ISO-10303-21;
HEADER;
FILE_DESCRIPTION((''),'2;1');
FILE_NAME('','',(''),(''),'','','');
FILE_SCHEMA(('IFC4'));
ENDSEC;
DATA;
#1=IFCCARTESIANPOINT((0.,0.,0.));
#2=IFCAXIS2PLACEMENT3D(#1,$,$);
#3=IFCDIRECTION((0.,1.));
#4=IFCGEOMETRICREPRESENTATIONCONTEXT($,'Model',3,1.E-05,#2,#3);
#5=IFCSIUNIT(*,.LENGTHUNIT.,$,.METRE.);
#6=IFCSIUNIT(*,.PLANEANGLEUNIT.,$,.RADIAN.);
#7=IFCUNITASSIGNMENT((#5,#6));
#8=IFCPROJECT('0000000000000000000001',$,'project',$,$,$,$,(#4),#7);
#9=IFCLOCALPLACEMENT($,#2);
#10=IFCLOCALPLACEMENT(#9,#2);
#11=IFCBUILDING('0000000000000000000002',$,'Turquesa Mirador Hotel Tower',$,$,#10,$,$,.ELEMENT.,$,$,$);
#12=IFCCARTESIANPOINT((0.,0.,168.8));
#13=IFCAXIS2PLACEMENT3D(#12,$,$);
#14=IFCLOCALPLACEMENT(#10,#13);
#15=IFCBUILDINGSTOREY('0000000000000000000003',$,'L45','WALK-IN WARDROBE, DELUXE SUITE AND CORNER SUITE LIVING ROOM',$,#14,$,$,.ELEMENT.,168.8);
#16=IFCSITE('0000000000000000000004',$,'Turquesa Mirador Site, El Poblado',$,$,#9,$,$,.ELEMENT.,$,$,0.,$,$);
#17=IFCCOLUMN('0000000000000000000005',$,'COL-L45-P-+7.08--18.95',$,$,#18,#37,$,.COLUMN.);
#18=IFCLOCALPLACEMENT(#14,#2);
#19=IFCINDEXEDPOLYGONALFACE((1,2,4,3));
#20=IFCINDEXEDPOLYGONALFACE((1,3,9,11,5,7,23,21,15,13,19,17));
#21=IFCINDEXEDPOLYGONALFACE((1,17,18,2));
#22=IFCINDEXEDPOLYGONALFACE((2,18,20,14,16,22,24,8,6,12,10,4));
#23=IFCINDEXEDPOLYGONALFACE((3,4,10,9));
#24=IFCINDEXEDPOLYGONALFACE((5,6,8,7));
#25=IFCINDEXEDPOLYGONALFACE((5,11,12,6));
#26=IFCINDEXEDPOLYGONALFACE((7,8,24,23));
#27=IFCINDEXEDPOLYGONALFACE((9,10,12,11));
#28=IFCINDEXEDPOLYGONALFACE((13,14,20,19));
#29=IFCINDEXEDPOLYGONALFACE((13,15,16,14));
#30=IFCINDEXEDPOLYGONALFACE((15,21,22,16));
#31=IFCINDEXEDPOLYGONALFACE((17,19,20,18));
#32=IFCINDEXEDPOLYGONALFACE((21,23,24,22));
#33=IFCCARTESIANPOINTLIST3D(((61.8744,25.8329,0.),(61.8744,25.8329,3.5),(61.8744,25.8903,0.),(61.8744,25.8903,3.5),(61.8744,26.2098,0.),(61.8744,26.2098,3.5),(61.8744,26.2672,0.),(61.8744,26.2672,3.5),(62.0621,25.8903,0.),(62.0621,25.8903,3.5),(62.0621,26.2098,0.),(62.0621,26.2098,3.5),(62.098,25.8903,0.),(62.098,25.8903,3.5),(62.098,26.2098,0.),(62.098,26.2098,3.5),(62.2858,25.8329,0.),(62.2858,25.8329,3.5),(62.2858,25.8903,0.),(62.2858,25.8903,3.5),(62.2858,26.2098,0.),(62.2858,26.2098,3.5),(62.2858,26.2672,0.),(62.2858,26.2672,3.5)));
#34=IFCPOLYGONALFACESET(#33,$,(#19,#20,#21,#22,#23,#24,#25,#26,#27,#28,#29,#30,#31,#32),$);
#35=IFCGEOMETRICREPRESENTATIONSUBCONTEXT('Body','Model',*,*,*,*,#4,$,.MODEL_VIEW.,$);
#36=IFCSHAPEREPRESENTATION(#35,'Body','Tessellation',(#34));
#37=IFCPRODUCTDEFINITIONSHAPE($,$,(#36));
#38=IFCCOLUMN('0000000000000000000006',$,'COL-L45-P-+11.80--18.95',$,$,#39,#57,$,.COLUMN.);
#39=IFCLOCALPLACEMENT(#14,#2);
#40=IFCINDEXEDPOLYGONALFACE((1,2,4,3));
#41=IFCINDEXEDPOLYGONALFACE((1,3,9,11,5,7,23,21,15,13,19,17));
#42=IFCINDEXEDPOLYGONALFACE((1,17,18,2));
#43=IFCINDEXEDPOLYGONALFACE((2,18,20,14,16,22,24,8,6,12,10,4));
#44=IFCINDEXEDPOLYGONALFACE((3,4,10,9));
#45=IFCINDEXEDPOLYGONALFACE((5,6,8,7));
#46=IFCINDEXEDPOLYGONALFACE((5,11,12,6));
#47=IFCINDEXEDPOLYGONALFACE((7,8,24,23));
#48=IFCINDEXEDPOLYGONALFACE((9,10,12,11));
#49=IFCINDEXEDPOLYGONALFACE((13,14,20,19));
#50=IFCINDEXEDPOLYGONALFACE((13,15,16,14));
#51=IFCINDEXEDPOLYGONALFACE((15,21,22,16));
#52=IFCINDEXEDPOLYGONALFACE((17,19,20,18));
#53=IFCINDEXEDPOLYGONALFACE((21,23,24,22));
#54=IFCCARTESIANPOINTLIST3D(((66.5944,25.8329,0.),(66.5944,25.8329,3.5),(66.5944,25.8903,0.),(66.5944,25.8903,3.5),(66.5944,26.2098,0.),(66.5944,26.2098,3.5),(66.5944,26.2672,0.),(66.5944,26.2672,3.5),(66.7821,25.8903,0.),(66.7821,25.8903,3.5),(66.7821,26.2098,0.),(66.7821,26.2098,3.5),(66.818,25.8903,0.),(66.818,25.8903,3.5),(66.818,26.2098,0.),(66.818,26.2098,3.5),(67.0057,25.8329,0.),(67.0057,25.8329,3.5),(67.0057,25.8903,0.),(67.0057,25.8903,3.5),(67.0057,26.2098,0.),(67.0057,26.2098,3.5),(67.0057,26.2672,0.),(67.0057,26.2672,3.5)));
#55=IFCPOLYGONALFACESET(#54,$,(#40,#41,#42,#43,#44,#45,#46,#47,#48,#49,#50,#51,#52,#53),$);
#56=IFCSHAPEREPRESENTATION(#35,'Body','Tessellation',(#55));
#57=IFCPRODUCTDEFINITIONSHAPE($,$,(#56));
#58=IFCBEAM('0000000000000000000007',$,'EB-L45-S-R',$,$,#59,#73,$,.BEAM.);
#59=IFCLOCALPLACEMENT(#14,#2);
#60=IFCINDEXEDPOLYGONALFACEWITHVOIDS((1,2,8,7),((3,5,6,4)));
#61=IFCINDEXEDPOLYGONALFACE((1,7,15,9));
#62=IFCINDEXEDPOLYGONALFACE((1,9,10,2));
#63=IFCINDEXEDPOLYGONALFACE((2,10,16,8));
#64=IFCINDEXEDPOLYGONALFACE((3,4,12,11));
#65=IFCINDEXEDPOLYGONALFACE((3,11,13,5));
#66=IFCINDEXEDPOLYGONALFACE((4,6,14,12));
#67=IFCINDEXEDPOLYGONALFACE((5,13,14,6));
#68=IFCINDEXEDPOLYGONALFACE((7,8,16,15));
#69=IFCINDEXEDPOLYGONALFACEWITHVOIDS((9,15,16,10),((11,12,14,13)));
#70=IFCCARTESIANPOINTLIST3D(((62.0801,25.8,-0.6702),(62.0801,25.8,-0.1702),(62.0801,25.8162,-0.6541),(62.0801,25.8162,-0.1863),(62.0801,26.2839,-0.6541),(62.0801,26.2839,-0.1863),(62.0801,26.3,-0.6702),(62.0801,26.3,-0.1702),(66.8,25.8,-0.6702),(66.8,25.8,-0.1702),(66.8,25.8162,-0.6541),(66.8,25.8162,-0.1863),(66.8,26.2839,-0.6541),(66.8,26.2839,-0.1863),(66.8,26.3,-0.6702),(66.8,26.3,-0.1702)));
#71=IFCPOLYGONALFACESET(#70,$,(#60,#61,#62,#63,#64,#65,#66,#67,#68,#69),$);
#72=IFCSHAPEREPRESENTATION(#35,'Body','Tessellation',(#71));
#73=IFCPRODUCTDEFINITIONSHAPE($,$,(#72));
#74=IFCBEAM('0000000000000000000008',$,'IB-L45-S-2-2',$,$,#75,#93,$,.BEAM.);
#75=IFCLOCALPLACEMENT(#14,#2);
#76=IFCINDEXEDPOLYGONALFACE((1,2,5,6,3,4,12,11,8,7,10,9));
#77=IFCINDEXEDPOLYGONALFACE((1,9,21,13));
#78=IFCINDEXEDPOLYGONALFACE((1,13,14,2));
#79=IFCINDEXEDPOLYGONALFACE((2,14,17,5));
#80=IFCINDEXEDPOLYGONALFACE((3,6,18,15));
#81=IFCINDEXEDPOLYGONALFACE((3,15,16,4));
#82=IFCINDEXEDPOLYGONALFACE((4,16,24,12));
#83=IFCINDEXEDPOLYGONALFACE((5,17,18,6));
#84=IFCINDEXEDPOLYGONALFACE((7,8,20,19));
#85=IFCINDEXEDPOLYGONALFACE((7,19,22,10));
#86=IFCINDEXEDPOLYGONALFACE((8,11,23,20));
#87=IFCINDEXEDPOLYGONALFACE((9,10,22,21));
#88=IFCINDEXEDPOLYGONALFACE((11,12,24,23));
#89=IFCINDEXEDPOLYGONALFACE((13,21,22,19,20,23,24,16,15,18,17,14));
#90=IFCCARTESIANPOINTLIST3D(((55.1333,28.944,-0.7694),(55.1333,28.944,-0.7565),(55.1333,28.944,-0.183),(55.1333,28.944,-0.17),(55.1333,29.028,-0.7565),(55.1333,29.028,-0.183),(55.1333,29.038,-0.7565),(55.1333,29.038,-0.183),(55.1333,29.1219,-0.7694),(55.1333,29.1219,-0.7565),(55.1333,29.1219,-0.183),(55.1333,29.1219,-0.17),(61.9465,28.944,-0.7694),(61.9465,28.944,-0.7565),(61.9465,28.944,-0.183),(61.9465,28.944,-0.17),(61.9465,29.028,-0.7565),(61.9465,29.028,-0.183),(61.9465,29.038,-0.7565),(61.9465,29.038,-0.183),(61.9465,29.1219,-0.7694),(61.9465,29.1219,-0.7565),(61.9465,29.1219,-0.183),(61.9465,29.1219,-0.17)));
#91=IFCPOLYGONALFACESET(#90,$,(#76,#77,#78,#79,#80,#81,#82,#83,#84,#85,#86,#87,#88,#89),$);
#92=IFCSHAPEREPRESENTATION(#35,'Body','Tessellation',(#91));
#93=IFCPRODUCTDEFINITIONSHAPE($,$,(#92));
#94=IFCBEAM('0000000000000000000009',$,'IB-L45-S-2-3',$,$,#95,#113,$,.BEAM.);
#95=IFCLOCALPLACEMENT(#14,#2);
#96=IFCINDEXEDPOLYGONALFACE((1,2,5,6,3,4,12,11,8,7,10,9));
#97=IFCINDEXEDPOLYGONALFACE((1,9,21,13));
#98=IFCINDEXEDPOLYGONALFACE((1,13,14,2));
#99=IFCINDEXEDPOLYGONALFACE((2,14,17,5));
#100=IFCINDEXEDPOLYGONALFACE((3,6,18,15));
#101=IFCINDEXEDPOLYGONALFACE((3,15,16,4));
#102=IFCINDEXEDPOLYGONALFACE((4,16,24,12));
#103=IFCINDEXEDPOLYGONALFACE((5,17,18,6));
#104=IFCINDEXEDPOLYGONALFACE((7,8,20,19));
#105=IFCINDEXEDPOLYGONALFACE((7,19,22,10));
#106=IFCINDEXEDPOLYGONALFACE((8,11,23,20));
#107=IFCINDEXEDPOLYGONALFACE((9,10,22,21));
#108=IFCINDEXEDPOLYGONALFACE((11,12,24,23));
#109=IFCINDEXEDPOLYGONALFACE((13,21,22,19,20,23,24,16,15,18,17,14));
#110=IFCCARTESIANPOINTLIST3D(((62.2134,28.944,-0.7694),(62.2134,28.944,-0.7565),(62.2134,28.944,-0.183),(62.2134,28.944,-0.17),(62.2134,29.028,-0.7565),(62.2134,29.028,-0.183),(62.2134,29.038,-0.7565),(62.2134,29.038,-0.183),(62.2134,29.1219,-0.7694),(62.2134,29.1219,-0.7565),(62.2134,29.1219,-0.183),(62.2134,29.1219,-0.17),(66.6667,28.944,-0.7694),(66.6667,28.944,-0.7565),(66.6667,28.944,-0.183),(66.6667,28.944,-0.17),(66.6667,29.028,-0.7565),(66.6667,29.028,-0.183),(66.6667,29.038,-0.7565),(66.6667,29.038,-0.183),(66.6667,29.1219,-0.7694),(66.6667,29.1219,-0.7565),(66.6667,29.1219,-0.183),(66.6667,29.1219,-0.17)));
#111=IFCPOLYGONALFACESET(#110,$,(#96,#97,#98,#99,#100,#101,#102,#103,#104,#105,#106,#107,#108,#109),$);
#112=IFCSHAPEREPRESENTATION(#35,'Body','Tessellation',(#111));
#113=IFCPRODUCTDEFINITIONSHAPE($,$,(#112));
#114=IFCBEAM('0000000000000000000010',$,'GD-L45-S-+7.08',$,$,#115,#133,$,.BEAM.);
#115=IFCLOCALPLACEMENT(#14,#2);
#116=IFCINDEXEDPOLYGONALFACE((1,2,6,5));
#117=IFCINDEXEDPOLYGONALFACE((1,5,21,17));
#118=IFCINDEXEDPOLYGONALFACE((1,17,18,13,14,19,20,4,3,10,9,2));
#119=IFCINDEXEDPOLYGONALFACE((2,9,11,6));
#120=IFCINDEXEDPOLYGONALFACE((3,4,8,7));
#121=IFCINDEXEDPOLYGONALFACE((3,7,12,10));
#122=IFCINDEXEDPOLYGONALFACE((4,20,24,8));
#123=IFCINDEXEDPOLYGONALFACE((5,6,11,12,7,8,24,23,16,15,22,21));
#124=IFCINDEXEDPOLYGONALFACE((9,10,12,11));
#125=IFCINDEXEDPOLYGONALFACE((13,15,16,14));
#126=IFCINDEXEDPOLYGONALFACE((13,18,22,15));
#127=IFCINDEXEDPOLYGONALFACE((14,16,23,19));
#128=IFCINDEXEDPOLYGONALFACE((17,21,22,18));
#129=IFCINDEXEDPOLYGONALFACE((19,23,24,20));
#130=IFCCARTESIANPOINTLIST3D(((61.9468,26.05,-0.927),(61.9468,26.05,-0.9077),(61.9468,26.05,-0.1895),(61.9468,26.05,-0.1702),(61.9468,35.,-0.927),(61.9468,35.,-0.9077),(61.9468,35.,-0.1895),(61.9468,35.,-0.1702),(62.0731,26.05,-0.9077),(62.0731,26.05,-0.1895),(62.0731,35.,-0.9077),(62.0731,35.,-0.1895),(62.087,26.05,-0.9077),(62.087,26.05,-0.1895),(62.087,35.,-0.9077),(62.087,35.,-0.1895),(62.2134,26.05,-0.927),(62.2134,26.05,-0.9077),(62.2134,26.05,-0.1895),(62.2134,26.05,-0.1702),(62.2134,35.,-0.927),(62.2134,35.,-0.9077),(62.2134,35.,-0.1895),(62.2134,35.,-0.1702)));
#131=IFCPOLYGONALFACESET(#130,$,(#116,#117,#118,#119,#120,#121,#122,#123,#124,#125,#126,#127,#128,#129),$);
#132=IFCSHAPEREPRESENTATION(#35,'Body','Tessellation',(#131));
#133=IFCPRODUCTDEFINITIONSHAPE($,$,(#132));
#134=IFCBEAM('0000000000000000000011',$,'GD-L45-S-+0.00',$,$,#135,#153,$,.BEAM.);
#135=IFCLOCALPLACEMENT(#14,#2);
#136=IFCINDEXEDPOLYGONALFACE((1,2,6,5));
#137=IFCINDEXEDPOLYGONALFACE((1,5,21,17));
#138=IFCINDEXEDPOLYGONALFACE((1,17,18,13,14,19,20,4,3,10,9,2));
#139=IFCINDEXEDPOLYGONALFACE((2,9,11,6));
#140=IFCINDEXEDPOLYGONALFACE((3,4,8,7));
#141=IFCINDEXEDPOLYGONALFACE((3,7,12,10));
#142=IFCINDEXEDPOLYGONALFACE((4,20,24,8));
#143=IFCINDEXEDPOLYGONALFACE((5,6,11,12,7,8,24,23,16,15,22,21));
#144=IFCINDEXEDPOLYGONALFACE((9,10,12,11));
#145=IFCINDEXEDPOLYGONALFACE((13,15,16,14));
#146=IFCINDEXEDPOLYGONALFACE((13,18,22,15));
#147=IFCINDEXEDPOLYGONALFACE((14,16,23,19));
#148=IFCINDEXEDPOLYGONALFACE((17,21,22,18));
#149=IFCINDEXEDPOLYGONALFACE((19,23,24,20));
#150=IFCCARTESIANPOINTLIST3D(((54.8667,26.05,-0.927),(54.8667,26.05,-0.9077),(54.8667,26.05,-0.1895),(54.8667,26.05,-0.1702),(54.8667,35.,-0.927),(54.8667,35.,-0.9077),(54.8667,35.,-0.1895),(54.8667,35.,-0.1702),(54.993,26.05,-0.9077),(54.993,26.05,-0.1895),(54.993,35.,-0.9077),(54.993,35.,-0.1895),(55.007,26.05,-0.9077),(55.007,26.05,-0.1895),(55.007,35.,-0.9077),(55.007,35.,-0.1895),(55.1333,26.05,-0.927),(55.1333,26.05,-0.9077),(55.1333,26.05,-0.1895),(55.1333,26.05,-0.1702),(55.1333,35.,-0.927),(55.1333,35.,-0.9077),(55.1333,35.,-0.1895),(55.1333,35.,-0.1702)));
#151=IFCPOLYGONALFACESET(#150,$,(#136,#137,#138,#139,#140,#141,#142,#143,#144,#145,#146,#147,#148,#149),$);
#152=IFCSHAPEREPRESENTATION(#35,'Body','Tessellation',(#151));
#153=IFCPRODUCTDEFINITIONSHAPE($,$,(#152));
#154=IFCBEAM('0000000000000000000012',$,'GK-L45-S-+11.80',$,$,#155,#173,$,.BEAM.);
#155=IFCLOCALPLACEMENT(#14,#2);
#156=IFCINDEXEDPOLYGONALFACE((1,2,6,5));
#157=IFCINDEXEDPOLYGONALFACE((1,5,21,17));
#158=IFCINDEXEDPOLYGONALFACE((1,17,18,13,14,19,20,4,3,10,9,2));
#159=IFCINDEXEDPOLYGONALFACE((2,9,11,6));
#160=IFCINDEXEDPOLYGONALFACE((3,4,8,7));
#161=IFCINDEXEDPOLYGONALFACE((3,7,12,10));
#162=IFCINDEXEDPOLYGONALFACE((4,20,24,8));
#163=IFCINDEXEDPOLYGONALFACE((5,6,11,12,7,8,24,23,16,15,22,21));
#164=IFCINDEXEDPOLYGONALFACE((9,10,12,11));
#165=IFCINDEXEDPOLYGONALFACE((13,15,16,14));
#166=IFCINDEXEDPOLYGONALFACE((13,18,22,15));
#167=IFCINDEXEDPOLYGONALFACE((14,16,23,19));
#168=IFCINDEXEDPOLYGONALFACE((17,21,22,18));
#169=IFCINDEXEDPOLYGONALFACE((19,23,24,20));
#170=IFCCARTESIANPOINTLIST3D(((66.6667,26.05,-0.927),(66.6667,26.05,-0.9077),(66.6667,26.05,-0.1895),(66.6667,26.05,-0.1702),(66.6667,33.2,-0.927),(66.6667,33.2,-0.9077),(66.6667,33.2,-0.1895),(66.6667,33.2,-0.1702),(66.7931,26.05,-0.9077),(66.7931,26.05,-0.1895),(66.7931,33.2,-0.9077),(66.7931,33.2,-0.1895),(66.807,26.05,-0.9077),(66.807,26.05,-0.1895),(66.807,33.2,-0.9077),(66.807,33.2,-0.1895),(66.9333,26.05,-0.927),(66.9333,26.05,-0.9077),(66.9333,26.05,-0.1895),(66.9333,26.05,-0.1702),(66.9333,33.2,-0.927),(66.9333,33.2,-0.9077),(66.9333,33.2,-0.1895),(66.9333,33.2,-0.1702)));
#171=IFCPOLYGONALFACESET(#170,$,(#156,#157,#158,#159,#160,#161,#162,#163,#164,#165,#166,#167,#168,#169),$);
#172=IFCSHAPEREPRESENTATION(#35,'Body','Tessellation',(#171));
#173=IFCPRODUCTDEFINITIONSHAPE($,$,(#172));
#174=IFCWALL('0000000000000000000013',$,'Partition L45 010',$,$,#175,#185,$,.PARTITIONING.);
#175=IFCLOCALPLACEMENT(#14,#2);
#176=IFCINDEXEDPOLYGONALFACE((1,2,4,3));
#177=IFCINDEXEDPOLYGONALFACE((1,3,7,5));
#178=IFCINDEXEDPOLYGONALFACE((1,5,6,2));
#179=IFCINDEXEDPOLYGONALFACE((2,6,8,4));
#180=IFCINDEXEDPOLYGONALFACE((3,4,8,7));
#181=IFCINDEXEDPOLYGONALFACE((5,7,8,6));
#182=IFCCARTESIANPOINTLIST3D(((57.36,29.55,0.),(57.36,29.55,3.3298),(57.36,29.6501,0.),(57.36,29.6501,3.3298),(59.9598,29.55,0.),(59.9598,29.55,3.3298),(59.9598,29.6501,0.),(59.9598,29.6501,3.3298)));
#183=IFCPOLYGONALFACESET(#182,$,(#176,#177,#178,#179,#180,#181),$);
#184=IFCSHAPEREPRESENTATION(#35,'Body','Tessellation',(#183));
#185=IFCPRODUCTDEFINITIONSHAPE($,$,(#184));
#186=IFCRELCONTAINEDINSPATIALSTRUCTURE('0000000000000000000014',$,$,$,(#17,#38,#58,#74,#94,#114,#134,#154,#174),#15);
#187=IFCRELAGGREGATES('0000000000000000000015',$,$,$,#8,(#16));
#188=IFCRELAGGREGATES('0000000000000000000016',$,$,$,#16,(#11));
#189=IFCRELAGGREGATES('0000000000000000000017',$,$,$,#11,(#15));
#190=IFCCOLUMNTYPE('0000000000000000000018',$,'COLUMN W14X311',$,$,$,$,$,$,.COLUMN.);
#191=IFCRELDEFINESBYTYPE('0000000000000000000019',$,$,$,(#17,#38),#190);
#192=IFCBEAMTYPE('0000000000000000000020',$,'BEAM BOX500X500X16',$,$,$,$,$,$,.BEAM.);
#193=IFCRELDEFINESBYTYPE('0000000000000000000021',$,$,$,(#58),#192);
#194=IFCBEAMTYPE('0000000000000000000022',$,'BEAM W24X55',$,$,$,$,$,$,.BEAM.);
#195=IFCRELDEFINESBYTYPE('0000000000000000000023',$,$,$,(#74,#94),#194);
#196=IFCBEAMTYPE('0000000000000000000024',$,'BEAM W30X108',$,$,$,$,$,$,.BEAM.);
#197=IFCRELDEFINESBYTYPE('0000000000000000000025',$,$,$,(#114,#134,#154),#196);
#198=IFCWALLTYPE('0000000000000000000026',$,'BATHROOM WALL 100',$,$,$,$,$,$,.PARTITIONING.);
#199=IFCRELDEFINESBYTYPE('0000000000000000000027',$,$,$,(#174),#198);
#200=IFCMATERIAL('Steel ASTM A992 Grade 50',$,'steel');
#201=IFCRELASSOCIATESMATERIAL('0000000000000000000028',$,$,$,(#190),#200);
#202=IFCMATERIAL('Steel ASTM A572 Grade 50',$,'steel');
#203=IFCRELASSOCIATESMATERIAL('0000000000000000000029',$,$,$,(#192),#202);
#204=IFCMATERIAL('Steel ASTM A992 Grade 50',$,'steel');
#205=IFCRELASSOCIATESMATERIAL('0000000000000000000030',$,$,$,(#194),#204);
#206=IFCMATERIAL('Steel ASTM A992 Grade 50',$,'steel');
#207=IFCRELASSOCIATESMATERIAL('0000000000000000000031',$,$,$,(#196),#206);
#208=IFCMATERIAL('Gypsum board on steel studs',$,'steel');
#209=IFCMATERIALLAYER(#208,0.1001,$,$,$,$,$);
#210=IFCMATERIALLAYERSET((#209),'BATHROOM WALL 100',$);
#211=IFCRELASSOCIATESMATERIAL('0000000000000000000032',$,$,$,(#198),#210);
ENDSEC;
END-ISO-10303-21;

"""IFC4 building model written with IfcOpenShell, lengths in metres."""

from ifc_helpers import new_model, si_unit, direction, frame, frame_2d, origin, origin_2d, place, context, subcontext, project, spatial, rectangle, hollow_rectangle, i_section, extrude, material, layer, layer_set, material_profile, profile_set, type_object, element, save


model = new_model("IFC4")

# Units and contexts
model_context = context("Model", 3, precision=1e-05, world=origin(), true_north=direction((0.0, 1.0)))
body_context = subcontext(model_context, "Body", "Model", "MODEL_VIEW")
ifc_project = project(units=[si_unit("LENGTHUNIT", "METRE"), si_unit("PLANEANGLEUNIT", "RADIAN")], contexts=[model_context])

# Site, building, storey
site_placement = place(None, origin())
site = spatial("IfcSite", under=ifc_project, at=site_placement, Name="Turquesa Mirador Site, El Poblado", CompositionType="ELEMENT", RefElevation=0.0)
building_placement = place(site_placement, origin())
building = spatial("IfcBuilding", under=site, at=building_placement, Name="Turquesa Mirador Hotel Tower", CompositionType="ELEMENT")
storey_placement = place(building_placement, frame((0.0, 0.0, 168.8)))
storey = spatial("IfcBuildingStorey", under=building, at=storey_placement, Name="L45", Description="WALK-IN WARDROBE, DELUXE SUITE AND CORNER SUITE LIVING ROOM", CompositionType="ELEMENT", Elevation=168.8)

# Columns
ifc_material_1 = material(Name="Steel ASTM A992 Grade 50", Category="steel")
ifc_material_profile_1 = material_profile(ifc_material_1, i_section(OverallWidth=0.4114, OverallDepth=0.4343, WebThickness=0.0359, FlangeThickness=0.0574, at=origin_2d()), Name="W14X311")
ifc_profile_set_1 = profile_set([ifc_material_profile_1], Name="Steel ASTM A992 Grade 50")
column_type = type_object("IfcColumnType", Name="COLUMN W14X311", PredefinedType="COLUMN", material=ifc_profile_set_1)
for number, where, z_axis, x_axis, name in (
    (1, (62.0801, 26.05, 0.0), (0.0, 0.0, 1.0), (1.0, 0.0, 0.0), "COL-L45-P-+7.08--18.95"),
    (2, (66.8, 26.05, 0.0), (0.0, 0.0, 1.0), (1.0, 0.0, 0.0), "COL-L45-P-+11.80--18.95"),
):
    element("IfcColumn", number, at=place(storey_placement, frame(where, z_axis=z_axis, x_axis=x_axis)), inside=storey, type_object=column_type, Name=name, PredefinedType="COLUMN", context=body_context, shape_type="SweptSolid", body=[
        extrude(i_section(OverallWidth=0.4114, OverallDepth=0.4343, WebThickness=0.0359, FlangeThickness=0.0574, at=origin_2d()), origin(), (0.0, 0.0, 1.0), 3.5),
    ])

# Beams
ifc_material_2 = material(Name="Steel ASTM A572 Grade 50", Category="steel")
ifc_material_profile_2 = material_profile(ifc_material_2, hollow_rectangle(XDim=0.5, YDim=0.5, WallThickness=0.0161, at=origin_2d()), Name="BOX500X500X16")
ifc_profile_set_2 = profile_set([ifc_material_profile_2], Name="Steel ASTM A572 Grade 50")
beam_type_1 = type_object("IfcBeamType", Name="BEAM BOX500X500X16", PredefinedType="BEAM", material=ifc_profile_set_2)
beam_1_placement = place(storey_placement, frame((62.0801, 26.05, -0.4202), z_axis=(1.0, 0.0, 0.0), x_axis=(0.0, 1.0, 0.0)))
element("IfcBeam", 3, at=beam_1_placement, inside=storey, type_object=beam_type_1, Name="EB-L45-S-R", PredefinedType="BEAM", context=body_context, shape_type="SweptSolid", body=[
    extrude(hollow_rectangle(XDim=0.5, YDim=0.5, WallThickness=0.0161, at=origin_2d()), origin(), (0.0, 0.0, 1.0), 4.72),
])
ifc_material_3 = material(Name="Steel ASTM A992 Grade 50", Category="steel")
ifc_material_profile_3 = material_profile(ifc_material_3, i_section(OverallWidth=0.178, OverallDepth=0.5994, WebThickness=0.01, FlangeThickness=0.0129, at=origin_2d()), Name="W24X55")
ifc_profile_set_3 = profile_set([ifc_material_profile_3], Name="Steel ASTM A992 Grade 50")
beam_type_2 = type_object("IfcBeamType", Name="BEAM W24X55", PredefinedType="BEAM", material=ifc_profile_set_3)
beam_2_placement = place(storey_placement, frame((55.1333, 29.033, -0.4697), z_axis=(1.0, 0.0, 0.0), x_axis=(0.0, 1.0, 0.0)))
element("IfcBeam", 4, at=beam_2_placement, inside=storey, type_object=beam_type_2, Name="IB-L45-S-2-2", PredefinedType="BEAM", context=body_context, shape_type="SweptSolid", body=[
    extrude(i_section(OverallWidth=0.178, OverallDepth=0.5994, WebThickness=0.01, FlangeThickness=0.0129, at=origin_2d()), origin(), (0.0, 0.0, 1.0), 6.8132),
])
beam_3_placement = place(storey_placement, frame((62.2134, 29.033, -0.4697), z_axis=(1.0, 0.0, 0.0), x_axis=(0.0, 1.0, 0.0)))
element("IfcBeam", 5, at=beam_3_placement, inside=storey, type_object=beam_type_2, Name="IB-L45-S-2-3", PredefinedType="BEAM", context=body_context, shape_type="SweptSolid", body=[
    extrude(i_section(OverallWidth=0.178, OverallDepth=0.5994, WebThickness=0.01, FlangeThickness=0.0129, at=origin_2d()), origin(), (0.0, 0.0, 1.0), 4.4534),
])
ifc_material_4 = material(Name="Steel ASTM A992 Grade 50", Category="steel")
ifc_material_profile_4 = material_profile(ifc_material_4, i_section(OverallWidth=0.2666, OverallDepth=0.7568, WebThickness=0.0139, FlangeThickness=0.0193, at=origin_2d()), Name="W30X108")
ifc_profile_set_4 = profile_set([ifc_material_profile_4], Name="Steel ASTM A992 Grade 50")
beam_type_3 = type_object("IfcBeamType", Name="BEAM W30X108", PredefinedType="BEAM", material=ifc_profile_set_4)
for number, where, z_axis, x_axis, name in (
    (6, (62.0801, 26.05, -0.5486), (0.0, 1.0, 0.0), (-1.0, 0.0, 0.0), "GD-L45-S-+7.08"),
    (7, (55.0, 26.05, -0.5486), (0.0, 1.0, 0.0), (-1.0, 0.0, 0.0), "GD-L45-S-+0.00"),
):
    element("IfcBeam", number, at=place(storey_placement, frame(where, z_axis=z_axis, x_axis=x_axis)), inside=storey, type_object=beam_type_3, Name=name, PredefinedType="BEAM", context=body_context, shape_type="SweptSolid", body=[
        extrude(i_section(OverallWidth=0.2666, OverallDepth=0.7568, WebThickness=0.0139, FlangeThickness=0.0193, at=origin_2d()), origin(), (0.0, 0.0, 1.0), 8.95),
    ])
beam_4_placement = place(storey_placement, frame((66.8, 26.05, -0.5486), z_axis=(0.0, 1.0, 0.0), x_axis=(-1.0, 0.0, 0.0)))
element("IfcBeam", 8, at=beam_4_placement, inside=storey, type_object=beam_type_3, Name="GK-L45-S-+11.80", PredefinedType="BEAM", context=body_context, shape_type="SweptSolid", body=[
    extrude(i_section(OverallWidth=0.2666, OverallDepth=0.7568, WebThickness=0.0139, FlangeThickness=0.0193, at=origin_2d()), origin(), (0.0, 0.0, 1.0), 7.1499),
])

# Wall
ifc_material_5 = material(Name="Gypsum board on steel studs", Category="steel")
ifc_layer_1 = layer(ifc_material_5, 0.1001)
ifc_layer_set_1 = layer_set([ifc_layer_1], Name="BATHROOM WALL 100")
wall_type_1 = type_object("IfcWallType", Name="BATHROOM WALL 100", PredefinedType="PARTITIONING", material=ifc_layer_set_1)
wall_1_placement = place(storey_placement, frame((57.3601, 29.6001, 0.0), z_axis=(0.0, 0.0, 1.0), x_axis=(1.0, 0.0, 0.0)))
element("IfcWall", 9, at=wall_1_placement, inside=storey, type_object=wall_type_1, Name="Partition L45 010", PredefinedType="PARTITIONING", context=body_context, shape_type="SweptSolid", body=[
    extrude(rectangle(XDim=2.5999, YDim=0.1001, at=frame_2d((1.2998, 0.0))), origin(), (0.0, 0.0, 1.0), 3.3298),
])

save(model, "model.ifc")
